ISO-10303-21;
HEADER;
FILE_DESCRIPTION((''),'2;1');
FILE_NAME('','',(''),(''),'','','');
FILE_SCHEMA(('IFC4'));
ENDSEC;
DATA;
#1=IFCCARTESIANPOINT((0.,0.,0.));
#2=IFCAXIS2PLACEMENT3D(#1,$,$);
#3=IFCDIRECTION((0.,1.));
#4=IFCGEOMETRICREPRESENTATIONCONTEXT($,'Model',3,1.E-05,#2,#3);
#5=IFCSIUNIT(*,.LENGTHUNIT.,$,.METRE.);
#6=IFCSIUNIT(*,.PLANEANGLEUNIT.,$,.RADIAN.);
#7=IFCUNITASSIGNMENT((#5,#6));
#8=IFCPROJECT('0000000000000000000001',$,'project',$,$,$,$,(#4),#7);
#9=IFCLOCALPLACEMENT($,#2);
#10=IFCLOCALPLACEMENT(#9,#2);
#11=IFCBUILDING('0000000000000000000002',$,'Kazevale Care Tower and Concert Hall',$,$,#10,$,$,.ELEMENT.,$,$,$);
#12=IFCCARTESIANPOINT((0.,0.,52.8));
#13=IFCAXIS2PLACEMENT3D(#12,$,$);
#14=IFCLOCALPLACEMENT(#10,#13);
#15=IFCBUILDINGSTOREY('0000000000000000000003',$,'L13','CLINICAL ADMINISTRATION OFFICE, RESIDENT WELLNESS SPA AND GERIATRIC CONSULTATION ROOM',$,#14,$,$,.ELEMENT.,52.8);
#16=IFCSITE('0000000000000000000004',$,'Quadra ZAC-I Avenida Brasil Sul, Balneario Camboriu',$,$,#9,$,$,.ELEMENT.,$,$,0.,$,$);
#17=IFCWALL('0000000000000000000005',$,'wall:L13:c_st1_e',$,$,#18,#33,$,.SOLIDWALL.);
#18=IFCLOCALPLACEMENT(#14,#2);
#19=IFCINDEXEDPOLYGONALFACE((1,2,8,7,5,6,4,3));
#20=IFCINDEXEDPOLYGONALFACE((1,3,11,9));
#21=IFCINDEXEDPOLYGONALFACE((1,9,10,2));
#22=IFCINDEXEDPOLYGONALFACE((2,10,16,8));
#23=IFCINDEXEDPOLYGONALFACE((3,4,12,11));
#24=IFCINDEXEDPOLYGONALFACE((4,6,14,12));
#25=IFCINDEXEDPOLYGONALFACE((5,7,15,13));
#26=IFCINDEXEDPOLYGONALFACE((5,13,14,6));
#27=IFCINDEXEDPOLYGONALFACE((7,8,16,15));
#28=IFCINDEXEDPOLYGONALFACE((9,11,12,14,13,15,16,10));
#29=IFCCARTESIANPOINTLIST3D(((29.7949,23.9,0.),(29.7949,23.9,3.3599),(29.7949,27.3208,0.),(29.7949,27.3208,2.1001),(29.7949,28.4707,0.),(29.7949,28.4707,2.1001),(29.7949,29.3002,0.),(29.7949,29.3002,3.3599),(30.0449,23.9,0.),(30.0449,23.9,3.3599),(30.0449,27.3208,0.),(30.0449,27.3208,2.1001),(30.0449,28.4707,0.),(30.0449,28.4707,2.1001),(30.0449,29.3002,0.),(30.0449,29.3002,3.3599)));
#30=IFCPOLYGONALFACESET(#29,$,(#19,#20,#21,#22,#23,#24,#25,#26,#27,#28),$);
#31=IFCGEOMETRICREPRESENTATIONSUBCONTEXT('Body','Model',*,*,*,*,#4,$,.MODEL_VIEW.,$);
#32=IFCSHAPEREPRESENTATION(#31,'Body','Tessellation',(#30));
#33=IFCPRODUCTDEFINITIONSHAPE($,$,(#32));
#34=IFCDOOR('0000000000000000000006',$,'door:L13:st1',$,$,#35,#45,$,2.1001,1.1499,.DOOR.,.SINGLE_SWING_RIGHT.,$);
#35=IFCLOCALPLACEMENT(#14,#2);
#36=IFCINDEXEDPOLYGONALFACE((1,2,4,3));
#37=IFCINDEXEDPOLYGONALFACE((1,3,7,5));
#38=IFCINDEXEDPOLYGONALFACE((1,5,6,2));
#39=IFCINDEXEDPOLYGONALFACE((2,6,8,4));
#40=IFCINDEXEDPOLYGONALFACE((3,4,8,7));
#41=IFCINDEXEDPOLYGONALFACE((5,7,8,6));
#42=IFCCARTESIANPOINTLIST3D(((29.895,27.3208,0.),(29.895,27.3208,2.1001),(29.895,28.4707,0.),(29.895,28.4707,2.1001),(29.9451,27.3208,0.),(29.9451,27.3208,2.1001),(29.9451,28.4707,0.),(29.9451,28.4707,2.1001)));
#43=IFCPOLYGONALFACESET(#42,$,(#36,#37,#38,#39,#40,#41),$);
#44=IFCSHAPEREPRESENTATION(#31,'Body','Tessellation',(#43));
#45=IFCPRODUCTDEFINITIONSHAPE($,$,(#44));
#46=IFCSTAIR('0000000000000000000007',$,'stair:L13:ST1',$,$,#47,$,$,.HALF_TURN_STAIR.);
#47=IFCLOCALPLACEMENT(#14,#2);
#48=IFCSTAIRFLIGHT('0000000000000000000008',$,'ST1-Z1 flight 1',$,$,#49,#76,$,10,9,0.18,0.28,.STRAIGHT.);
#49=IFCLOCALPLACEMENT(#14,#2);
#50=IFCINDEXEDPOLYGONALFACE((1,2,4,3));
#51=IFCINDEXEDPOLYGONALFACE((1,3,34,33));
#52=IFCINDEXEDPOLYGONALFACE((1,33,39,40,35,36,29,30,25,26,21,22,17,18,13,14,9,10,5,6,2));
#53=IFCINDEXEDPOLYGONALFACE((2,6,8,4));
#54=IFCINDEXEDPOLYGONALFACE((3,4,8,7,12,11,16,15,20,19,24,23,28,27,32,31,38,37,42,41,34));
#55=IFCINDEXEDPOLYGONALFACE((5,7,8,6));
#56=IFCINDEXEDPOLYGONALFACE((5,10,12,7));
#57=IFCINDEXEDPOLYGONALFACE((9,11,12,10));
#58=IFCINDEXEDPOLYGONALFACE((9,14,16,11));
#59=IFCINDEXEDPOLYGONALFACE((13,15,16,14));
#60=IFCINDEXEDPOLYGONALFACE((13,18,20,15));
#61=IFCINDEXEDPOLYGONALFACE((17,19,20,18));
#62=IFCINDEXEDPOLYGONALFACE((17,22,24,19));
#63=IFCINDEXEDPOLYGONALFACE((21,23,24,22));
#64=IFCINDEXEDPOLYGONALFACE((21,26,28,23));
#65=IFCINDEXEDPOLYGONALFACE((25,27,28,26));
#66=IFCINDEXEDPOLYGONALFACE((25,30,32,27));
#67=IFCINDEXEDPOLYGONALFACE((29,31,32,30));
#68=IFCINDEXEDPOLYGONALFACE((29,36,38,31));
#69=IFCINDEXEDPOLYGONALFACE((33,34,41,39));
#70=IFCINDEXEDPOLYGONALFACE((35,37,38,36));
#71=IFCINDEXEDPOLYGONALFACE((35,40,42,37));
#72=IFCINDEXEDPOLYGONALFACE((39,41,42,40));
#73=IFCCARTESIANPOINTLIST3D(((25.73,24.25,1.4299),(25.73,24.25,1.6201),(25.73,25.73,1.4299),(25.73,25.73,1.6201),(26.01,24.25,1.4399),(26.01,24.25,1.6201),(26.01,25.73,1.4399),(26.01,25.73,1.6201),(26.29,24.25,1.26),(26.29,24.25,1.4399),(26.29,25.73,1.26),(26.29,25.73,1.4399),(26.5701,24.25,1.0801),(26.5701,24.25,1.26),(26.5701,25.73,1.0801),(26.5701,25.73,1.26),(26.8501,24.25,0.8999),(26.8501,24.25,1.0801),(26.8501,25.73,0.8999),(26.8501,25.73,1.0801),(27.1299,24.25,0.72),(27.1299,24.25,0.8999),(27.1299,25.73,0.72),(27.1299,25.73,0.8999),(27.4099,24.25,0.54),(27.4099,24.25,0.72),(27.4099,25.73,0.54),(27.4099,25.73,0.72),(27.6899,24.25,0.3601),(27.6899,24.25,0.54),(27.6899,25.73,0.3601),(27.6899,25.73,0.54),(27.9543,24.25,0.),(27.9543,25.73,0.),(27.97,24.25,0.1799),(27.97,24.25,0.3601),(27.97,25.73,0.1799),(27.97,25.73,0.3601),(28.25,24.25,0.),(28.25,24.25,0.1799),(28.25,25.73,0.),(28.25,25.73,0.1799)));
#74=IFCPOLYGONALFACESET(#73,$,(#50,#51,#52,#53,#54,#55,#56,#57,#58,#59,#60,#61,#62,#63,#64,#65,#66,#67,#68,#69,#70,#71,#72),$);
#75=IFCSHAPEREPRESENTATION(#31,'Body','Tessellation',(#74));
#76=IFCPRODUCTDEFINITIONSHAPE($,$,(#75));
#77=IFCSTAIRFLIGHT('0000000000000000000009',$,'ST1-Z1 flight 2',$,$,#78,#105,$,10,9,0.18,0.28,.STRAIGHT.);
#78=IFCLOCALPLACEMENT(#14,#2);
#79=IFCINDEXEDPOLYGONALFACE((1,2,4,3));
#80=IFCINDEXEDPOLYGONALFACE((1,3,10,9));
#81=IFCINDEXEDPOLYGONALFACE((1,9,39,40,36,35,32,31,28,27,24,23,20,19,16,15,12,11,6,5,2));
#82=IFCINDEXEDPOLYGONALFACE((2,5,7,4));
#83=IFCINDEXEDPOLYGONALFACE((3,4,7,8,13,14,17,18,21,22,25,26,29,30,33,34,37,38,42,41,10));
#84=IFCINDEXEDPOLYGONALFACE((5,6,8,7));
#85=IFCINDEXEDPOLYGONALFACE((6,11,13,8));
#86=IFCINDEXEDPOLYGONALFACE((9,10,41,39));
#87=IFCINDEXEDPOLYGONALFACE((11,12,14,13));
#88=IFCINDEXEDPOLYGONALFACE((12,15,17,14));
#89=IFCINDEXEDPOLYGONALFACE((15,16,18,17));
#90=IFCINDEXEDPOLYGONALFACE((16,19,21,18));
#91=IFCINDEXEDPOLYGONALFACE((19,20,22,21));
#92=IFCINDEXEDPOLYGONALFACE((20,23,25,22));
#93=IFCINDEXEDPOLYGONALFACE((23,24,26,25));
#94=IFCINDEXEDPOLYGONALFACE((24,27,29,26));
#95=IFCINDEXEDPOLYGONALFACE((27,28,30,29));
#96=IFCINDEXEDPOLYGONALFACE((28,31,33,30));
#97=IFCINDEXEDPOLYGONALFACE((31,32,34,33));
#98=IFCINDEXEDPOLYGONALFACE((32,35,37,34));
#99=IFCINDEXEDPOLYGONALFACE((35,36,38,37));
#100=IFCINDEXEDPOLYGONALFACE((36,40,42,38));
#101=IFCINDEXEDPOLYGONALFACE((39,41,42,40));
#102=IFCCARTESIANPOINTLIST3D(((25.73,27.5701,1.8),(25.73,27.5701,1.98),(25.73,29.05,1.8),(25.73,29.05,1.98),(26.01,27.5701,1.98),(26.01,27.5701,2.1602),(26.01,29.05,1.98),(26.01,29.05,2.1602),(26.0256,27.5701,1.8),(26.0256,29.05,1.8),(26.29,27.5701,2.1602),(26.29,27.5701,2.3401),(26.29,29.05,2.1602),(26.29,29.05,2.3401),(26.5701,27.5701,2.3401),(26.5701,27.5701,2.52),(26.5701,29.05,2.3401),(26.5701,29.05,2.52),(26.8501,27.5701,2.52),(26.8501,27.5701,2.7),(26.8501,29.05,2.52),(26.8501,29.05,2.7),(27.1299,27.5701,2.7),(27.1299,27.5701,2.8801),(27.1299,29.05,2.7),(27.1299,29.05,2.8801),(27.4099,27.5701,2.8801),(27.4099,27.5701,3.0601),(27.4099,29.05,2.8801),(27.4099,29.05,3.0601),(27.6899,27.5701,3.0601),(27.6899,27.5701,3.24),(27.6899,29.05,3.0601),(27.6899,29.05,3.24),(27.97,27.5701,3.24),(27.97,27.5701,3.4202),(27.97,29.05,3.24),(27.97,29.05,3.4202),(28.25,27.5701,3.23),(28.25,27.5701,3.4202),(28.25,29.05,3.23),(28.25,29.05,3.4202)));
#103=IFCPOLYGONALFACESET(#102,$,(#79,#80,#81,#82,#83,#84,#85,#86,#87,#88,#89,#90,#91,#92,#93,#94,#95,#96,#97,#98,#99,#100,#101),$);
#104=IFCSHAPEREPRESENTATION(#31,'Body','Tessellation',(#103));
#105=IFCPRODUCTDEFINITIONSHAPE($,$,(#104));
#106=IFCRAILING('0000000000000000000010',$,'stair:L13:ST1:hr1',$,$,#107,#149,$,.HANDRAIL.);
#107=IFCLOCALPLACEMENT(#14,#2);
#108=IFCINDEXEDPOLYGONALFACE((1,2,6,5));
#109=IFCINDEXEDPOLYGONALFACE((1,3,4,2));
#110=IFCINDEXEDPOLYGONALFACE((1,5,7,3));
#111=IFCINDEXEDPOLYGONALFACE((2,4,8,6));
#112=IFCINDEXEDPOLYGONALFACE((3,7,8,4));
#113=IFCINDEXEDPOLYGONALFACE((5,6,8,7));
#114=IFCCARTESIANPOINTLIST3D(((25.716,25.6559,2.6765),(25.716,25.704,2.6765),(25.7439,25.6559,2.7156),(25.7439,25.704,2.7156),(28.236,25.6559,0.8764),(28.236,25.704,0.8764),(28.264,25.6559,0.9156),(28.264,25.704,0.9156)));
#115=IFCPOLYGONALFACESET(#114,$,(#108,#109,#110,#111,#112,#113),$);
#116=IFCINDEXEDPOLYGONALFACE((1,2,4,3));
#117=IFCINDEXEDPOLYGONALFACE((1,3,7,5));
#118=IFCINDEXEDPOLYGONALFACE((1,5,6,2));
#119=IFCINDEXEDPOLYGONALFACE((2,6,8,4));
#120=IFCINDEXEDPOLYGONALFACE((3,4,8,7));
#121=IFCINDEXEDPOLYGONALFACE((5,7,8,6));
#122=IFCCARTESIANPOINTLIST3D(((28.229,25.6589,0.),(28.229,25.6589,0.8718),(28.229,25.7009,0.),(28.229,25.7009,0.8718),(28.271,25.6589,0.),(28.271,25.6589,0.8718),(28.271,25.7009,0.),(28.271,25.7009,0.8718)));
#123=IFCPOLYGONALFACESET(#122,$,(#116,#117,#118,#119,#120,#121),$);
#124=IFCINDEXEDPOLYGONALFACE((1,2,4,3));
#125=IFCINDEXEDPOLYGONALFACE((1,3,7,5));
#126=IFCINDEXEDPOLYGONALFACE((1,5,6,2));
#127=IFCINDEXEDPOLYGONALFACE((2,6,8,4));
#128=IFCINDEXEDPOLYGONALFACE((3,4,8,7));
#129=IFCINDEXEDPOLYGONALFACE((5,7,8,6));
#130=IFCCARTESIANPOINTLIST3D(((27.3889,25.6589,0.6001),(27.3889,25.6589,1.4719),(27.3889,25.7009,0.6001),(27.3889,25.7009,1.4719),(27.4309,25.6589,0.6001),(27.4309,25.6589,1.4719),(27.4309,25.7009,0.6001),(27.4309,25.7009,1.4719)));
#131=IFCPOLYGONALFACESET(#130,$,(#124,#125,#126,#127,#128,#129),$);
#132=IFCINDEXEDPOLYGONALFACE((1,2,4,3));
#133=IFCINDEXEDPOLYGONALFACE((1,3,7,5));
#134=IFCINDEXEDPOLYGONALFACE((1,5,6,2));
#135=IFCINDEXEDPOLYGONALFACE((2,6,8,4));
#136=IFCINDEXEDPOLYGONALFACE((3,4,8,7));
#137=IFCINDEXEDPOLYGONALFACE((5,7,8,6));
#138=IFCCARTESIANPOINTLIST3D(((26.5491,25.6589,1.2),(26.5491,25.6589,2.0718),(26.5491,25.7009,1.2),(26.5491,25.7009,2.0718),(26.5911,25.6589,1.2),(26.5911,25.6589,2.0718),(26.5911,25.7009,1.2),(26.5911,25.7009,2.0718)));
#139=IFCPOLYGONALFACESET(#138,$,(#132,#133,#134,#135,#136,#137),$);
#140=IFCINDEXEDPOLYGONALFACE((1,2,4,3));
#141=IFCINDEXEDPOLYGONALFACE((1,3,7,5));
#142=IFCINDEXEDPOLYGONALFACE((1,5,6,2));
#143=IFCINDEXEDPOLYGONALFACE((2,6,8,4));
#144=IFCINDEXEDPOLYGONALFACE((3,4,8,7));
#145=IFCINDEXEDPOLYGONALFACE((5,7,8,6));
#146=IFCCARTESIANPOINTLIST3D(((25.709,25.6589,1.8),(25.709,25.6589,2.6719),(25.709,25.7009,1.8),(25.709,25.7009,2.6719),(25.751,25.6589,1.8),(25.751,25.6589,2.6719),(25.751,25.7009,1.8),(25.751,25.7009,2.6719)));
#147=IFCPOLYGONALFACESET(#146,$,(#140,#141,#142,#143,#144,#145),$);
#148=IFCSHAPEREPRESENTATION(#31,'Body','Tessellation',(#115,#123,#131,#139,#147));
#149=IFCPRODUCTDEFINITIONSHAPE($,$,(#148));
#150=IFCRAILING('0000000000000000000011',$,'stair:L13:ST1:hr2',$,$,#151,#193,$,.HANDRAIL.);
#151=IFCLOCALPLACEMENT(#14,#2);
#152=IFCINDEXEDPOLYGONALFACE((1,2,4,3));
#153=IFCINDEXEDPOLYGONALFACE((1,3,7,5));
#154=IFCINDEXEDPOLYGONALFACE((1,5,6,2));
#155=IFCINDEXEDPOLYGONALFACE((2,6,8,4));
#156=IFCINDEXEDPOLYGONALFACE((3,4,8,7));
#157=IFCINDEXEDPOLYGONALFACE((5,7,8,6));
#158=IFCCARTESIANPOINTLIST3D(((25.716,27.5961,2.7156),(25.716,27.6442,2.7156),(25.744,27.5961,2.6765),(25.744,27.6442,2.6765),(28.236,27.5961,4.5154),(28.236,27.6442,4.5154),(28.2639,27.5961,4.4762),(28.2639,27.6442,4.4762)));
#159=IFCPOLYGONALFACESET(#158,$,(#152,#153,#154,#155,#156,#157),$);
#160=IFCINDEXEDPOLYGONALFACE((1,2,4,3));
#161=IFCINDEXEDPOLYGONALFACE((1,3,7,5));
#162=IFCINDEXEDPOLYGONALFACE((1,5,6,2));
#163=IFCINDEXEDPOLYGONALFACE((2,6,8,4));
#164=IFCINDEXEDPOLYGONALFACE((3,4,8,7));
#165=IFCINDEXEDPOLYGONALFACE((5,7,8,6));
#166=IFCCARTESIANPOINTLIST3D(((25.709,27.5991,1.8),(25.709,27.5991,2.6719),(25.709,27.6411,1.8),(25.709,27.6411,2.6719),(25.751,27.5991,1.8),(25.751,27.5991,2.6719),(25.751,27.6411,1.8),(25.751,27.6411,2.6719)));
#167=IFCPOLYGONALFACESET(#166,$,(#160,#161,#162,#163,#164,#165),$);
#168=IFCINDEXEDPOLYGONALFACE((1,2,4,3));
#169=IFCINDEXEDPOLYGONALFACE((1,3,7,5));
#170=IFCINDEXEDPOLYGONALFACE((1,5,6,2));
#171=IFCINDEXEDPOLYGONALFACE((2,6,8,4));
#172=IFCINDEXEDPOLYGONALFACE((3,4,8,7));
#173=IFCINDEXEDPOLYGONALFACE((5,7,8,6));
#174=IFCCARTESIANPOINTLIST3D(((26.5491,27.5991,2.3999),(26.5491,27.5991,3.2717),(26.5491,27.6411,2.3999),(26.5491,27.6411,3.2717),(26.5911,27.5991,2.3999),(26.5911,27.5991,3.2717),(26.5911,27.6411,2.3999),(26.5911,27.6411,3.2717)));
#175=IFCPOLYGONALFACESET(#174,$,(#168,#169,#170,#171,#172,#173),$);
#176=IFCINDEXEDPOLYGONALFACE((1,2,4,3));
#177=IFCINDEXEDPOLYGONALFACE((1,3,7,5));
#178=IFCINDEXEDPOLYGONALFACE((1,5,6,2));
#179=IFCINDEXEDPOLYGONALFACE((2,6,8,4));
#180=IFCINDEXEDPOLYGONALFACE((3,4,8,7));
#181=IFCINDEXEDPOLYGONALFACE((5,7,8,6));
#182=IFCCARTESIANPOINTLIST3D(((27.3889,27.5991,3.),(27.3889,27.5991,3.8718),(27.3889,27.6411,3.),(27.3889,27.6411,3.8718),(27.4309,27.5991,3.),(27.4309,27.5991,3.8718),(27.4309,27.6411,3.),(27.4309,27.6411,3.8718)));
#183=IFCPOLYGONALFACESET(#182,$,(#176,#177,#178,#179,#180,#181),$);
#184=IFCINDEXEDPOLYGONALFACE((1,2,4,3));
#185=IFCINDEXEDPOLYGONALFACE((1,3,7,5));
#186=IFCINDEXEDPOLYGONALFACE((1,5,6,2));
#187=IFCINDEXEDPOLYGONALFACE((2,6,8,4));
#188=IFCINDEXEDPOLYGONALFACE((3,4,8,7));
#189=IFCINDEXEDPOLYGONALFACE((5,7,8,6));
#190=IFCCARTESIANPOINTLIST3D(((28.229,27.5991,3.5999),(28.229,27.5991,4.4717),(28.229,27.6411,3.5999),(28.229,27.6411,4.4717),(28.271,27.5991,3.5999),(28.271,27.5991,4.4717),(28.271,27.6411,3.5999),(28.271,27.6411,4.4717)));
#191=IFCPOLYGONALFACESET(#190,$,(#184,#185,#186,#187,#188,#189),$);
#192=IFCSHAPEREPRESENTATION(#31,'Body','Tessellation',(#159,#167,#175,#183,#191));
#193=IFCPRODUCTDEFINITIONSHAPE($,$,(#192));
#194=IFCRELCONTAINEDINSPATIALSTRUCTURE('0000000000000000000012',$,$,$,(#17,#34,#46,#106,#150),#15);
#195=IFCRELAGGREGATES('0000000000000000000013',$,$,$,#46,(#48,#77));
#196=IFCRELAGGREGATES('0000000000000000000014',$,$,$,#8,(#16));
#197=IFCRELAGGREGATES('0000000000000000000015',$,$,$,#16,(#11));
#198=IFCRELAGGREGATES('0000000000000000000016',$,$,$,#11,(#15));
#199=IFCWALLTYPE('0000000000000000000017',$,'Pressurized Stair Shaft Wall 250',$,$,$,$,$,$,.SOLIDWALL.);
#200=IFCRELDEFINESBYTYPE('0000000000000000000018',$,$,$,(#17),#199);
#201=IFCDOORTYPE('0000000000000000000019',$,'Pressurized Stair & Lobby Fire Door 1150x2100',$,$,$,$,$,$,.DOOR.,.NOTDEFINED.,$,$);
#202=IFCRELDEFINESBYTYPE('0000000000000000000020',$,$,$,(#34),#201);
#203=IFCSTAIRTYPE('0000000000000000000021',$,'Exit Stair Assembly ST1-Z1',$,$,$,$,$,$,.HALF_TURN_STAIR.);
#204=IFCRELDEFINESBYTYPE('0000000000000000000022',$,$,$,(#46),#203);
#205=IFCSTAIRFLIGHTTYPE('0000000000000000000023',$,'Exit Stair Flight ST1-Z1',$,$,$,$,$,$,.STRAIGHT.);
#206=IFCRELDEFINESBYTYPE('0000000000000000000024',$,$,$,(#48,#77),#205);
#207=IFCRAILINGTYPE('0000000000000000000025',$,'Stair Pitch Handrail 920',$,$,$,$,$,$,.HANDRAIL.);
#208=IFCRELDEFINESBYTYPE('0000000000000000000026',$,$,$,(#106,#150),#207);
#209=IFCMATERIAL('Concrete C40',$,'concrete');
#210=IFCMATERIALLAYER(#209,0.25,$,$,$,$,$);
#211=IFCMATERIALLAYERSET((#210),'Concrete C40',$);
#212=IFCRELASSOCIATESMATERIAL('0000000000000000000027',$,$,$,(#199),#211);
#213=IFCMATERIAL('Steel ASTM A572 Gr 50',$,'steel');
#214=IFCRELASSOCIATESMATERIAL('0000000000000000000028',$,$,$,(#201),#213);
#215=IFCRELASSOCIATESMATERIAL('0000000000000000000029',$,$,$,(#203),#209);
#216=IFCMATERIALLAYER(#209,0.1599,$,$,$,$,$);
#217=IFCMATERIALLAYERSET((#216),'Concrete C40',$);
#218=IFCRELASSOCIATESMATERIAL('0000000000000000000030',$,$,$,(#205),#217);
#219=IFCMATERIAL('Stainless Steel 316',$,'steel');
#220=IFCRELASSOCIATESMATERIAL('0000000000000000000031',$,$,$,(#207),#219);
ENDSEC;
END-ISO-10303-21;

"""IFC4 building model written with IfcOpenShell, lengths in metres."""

from ifc_helpers import new_model, si_unit, direction, frame, frame_2d, origin, origin_2d, place, context, subcontext, project, spatial, polyline, rectangle, outline, extrude, material, layer, layer_set, type_object, element, fill, aggregate, save


model = new_model("IFC4")

# Units and contexts
model_context = context("Model", 3, precision=1e-05, world=origin(), true_north=direction((0.0, 1.0)))
body_context = subcontext(model_context, "Body", "Model", "MODEL_VIEW")
ifc_project = project(units=[si_unit("LENGTHUNIT", "METRE"), si_unit("PLANEANGLEUNIT", "RADIAN")], contexts=[model_context])

# Site, building, storey
site_placement = place(None, origin())
site = spatial("IfcSite", under=ifc_project, at=site_placement, Name="Quadra ZAC-I Avenida Brasil Sul, Balneario Camboriu", CompositionType="ELEMENT", RefElevation=0.0)
building_placement = place(site_placement, origin())
building = spatial("IfcBuilding", under=site, at=building_placement, Name="Kazevale Care Tower and Concert Hall", CompositionType="ELEMENT")
storey_placement = place(building_placement, frame((0.0, 0.0, 52.8)))
storey = spatial("IfcBuildingStorey", under=building, at=storey_placement, Name="L13", Description="CLINICAL ADMINISTRATION OFFICE, RESIDENT WELLNESS SPA AND GERIATRIC CONSULTATION ROOM", CompositionType="ELEMENT", Elevation=52.8)

# Shared definitions
ifc_material_1 = material(Name="Steel ASTM A572 Gr 50", Category="steel")

# Shared definitions
ifc_material_2 = material(Name="Concrete C40", Category="concrete")
ifc_material_3 = material(Name="Stainless Steel 316", Category="steel")

# Wall, opening, door
ifc_layer_1 = layer(ifc_material_2, 0.25)
ifc_layer_set_1 = layer_set([ifc_layer_1], Name="Concrete C40")
wall_type_1 = type_object("IfcWallType", Name="Pressurized Stair Shaft Wall 250", PredefinedType="SOLIDWALL", material=ifc_layer_set_1)
wall_1_placement = place(storey_placement, frame((29.9199, 23.8999, 0.0), z_axis=(0.0, 0.0, 1.0), x_axis=(0.0, 1.0, 0.0)))
wall_1 = element("IfcWall", 1, at=wall_1_placement, inside=storey, type_object=wall_type_1, Name="wall:L13:c_st1_e", PredefinedType="SOLIDWALL", context=body_context, shape_type="SweptSolid", body=[
    extrude(rectangle(XDim=5.4001, YDim=0.25, at=frame_2d((2.7002, 0.0))), origin(), (0.0, 0.0, 1.0), 3.3599),
])
opening_1_placement = place(wall_1_placement, frame((3.4209, 0.0, 0.0)))
opening_1 = element("IfcOpeningElement", 2, at=opening_1_placement, cuts=wall_1, PredefinedType="OPENING", context=body_context, shape_type="SweptSolid", body=[
    extrude(rectangle(XDim=1.1499, YDim=2.1001, at=frame_2d((0.575, 1.05))), frame((0.0, 0.135, 0.0), z_axis=(0.0, -1.0, 0.0), x_axis=(1.0, 0.0, 0.0)), (0.0, 0.0, 1.0), 0.27),
])
door_type_1 = type_object("IfcDoorType", Name="Pressurized Stair & Lobby Fire Door 1150x2100", OperationType="NOTDEFINED", PredefinedType="DOOR", material=ifc_material_1)
door_1_placement = place(opening_1_placement, origin())
door_1 = element("IfcDoor", 3, at=door_1_placement, inside=storey, type_object=door_type_1, Name="door:L13:st1", OperationType="SINGLE_SWING_RIGHT", OverallHeight=2.1001, OverallWidth=1.1499, PredefinedType="DOOR", context=body_context, shape_type="SweptSolid", body=[
    extrude(rectangle(XDim=1.1499, YDim=2.1001, at=frame_2d((0.575, 1.05))), frame((0.0, 0.0249, 0.0), z_axis=(0.0, -1.0, 0.0), x_axis=(1.0, 0.0, 0.0)), (0.0, 0.0, 1.0), 0.05),
])
fill(opening_1, door_1)

# Stair, stair flights
stair_type = type_object("IfcStairType", Name="Exit Stair Assembly ST1-Z1", PredefinedType="HALF_TURN_STAIR", material=ifc_material_2)
stair_placement = place(storey_placement, origin())
stair = element("IfcStair", 4, at=stair_placement, inside=storey, type_object=stair_type, Name="stair:L13:ST1", PredefinedType="HALF_TURN_STAIR")
ifc_layer_2 = layer(ifc_material_2, 0.1599)
ifc_layer_set_2 = layer_set([ifc_layer_2], Name="Concrete C40")
stair_flight_type = type_object("IfcStairFlightType", Name="Exit Stair Flight ST1-Z1", PredefinedType="STRAIGHT", material=ifc_layer_set_2)
stair_flight_1_placement = place(storey_placement, frame((28.25, 24.99, 0.0), z_axis=(0.0, 0.0, 1.0), x_axis=(-1.0, 0.0, 0.0)))
stair_flight_1 = element("IfcStairFlight", 5, at=stair_flight_1_placement, type_object=stair_flight_type, Name="ST1-Z1 flight 1", NumberOfRisers=10, NumberOfTreads=9, PredefinedType="STRAIGHT", RiserHeight=0.18, TreadLength=0.28, context=body_context, shape_type="SweptSolid", body=[
    extrude(outline(polyline([(0.0, 0.0), (0.0, 0.1799), (0.28, 0.1799), (0.28, 0.3601), (0.5601, 0.3601), (0.5601, 0.54), (0.8401, 0.54), (0.8401, 0.72), (1.1201, 0.72), (1.1201, 0.8999), (1.3999, 0.8999), (1.3999, 1.0801), (1.6799, 1.0801), (1.6799, 1.26), (1.96, 1.26), (1.96, 1.4399), (2.24, 1.4399), (2.24, 1.6201), (2.52, 1.6201), (2.52, 1.8), (2.52, 1.4299), (0.2957, 0.0), (0.0, 0.0)])), frame((0.0, 0.74, 0.0), z_axis=(0.0, -1.0, 0.0), x_axis=(1.0, 0.0, 0.0)), (0.0, 0.0, 1.0), 1.48),
])
stair_flight_2_placement = place(storey_placement, frame((25.73, 28.3101, 1.8), z_axis=(0.0, 0.0, 1.0), x_axis=(1.0, 0.0, 0.0)))
stair_flight_2 = element("IfcStairFlight", 6, at=stair_flight_2_placement, type_object=stair_flight_type, Name="ST1-Z1 flight 2", NumberOfRisers=10, NumberOfTreads=9, PredefinedType="STRAIGHT", RiserHeight=0.18, TreadLength=0.28, context=body_context, shape_type="SweptSolid", body=[
    extrude(outline(polyline([(0.0, 0.0), (0.0, 0.1799), (0.28, 0.1799), (0.28, 0.3601), (0.5601, 0.3601), (0.5601, 0.54), (0.8401, 0.54), (0.8401, 0.72), (1.1201, 0.72), (1.1201, 0.8999), (1.3999, 0.8999), (1.3999, 1.0801), (1.6799, 1.0801), (1.6799, 1.26), (1.96, 1.26), (1.96, 1.4399), (2.24, 1.4399), (2.24, 1.6201), (2.52, 1.6201), (2.52, 1.8), (2.52, 1.4299), (0.2957, 0.0), (0.0, 0.0)])), frame((0.0, 0.74, 0.0), z_axis=(0.0, -1.0, 0.0), x_axis=(1.0, 0.0, 0.0)), (0.0, 0.0, 1.0), 1.48),
])
aggregate(stair, [stair_flight_1, stair_flight_2])

# Railings
railing_type_1 = type_object("IfcRailingType", Name="Stair Pitch Handrail 920", PredefinedType="HANDRAIL", material=ifc_material_3)
railing_1_placement = place(storey_placement, frame((28.25, 25.6799, 0.0)))
element("IfcRailing", 7, at=railing_1_placement, inside=storey, type_object=railing_type_1, Name="stair:L13:ST1:hr1", PredefinedType="HANDRAIL", context=body_context, shape_type="SweptSolid", body=[
    extrude(rectangle(XDim=0.0481, YDim=0.0481, at=origin_2d()), frame((0.0, 0.0, 0.896), z_axis=(-0.813728, 0.0, 0.581246), x_axis=(0.0, -1.0, 0.0)), (0.0, 0.0, 1.0), 3.0969),
    extrude(rectangle(XDim=0.042, YDim=0.042, at=origin_2d()), origin(), (0.0, 0.0, 1.0), 0.8718),
    extrude(rectangle(XDim=0.042, YDim=0.042, at=origin_2d()), frame((-0.8401, 0.0, 0.6001)), (0.0, 0.0, 1.0), 0.8718),
    extrude(rectangle(XDim=0.042, YDim=0.042, at=origin_2d()), frame((-1.6799, 0.0, 1.2)), (0.0, 0.0, 1.0), 0.8718),
    extrude(rectangle(XDim=0.042, YDim=0.042, at=origin_2d()), frame((-2.52, 0.0, 1.8)), (0.0, 0.0, 1.0), 0.8718),
])
railing_2_placement = place(storey_placement, frame((25.73, 27.6201, 1.8)))
element("IfcRailing", 8, at=railing_2_placement, inside=storey, type_object=railing_type_1, Name="stair:L13:ST1:hr2", PredefinedType="HANDRAIL", context=body_context, shape_type="SweptSolid", body=[
    extrude(rectangle(XDim=0.0481, YDim=0.0481, at=origin_2d()), frame((0.0, 0.0, 0.896), z_axis=(0.813765, 0.0, 0.581193), x_axis=(0.0, 1.0, 0.0)), (0.0, 0.0, 1.0), 3.0967),
    extrude(rectangle(XDim=0.042, YDim=0.042, at=origin_2d()), origin(), (0.0, 0.0, 1.0), 0.8718),
    extrude(rectangle(XDim=0.042, YDim=0.042, at=origin_2d()), frame((0.8401, 0.0, 0.5999)), (0.0, 0.0, 1.0), 0.8718),
    extrude(rectangle(XDim=0.042, YDim=0.042, at=origin_2d()), frame((1.6799, 0.0, 1.2)), (0.0, 0.0, 1.0), 0.8718),
    extrude(rectangle(XDim=0.042, YDim=0.042, at=origin_2d()), frame((2.52, 0.0, 1.7998)), (0.0, 0.0, 1.0), 0.8718),
])

save(model, "model.ifc")
